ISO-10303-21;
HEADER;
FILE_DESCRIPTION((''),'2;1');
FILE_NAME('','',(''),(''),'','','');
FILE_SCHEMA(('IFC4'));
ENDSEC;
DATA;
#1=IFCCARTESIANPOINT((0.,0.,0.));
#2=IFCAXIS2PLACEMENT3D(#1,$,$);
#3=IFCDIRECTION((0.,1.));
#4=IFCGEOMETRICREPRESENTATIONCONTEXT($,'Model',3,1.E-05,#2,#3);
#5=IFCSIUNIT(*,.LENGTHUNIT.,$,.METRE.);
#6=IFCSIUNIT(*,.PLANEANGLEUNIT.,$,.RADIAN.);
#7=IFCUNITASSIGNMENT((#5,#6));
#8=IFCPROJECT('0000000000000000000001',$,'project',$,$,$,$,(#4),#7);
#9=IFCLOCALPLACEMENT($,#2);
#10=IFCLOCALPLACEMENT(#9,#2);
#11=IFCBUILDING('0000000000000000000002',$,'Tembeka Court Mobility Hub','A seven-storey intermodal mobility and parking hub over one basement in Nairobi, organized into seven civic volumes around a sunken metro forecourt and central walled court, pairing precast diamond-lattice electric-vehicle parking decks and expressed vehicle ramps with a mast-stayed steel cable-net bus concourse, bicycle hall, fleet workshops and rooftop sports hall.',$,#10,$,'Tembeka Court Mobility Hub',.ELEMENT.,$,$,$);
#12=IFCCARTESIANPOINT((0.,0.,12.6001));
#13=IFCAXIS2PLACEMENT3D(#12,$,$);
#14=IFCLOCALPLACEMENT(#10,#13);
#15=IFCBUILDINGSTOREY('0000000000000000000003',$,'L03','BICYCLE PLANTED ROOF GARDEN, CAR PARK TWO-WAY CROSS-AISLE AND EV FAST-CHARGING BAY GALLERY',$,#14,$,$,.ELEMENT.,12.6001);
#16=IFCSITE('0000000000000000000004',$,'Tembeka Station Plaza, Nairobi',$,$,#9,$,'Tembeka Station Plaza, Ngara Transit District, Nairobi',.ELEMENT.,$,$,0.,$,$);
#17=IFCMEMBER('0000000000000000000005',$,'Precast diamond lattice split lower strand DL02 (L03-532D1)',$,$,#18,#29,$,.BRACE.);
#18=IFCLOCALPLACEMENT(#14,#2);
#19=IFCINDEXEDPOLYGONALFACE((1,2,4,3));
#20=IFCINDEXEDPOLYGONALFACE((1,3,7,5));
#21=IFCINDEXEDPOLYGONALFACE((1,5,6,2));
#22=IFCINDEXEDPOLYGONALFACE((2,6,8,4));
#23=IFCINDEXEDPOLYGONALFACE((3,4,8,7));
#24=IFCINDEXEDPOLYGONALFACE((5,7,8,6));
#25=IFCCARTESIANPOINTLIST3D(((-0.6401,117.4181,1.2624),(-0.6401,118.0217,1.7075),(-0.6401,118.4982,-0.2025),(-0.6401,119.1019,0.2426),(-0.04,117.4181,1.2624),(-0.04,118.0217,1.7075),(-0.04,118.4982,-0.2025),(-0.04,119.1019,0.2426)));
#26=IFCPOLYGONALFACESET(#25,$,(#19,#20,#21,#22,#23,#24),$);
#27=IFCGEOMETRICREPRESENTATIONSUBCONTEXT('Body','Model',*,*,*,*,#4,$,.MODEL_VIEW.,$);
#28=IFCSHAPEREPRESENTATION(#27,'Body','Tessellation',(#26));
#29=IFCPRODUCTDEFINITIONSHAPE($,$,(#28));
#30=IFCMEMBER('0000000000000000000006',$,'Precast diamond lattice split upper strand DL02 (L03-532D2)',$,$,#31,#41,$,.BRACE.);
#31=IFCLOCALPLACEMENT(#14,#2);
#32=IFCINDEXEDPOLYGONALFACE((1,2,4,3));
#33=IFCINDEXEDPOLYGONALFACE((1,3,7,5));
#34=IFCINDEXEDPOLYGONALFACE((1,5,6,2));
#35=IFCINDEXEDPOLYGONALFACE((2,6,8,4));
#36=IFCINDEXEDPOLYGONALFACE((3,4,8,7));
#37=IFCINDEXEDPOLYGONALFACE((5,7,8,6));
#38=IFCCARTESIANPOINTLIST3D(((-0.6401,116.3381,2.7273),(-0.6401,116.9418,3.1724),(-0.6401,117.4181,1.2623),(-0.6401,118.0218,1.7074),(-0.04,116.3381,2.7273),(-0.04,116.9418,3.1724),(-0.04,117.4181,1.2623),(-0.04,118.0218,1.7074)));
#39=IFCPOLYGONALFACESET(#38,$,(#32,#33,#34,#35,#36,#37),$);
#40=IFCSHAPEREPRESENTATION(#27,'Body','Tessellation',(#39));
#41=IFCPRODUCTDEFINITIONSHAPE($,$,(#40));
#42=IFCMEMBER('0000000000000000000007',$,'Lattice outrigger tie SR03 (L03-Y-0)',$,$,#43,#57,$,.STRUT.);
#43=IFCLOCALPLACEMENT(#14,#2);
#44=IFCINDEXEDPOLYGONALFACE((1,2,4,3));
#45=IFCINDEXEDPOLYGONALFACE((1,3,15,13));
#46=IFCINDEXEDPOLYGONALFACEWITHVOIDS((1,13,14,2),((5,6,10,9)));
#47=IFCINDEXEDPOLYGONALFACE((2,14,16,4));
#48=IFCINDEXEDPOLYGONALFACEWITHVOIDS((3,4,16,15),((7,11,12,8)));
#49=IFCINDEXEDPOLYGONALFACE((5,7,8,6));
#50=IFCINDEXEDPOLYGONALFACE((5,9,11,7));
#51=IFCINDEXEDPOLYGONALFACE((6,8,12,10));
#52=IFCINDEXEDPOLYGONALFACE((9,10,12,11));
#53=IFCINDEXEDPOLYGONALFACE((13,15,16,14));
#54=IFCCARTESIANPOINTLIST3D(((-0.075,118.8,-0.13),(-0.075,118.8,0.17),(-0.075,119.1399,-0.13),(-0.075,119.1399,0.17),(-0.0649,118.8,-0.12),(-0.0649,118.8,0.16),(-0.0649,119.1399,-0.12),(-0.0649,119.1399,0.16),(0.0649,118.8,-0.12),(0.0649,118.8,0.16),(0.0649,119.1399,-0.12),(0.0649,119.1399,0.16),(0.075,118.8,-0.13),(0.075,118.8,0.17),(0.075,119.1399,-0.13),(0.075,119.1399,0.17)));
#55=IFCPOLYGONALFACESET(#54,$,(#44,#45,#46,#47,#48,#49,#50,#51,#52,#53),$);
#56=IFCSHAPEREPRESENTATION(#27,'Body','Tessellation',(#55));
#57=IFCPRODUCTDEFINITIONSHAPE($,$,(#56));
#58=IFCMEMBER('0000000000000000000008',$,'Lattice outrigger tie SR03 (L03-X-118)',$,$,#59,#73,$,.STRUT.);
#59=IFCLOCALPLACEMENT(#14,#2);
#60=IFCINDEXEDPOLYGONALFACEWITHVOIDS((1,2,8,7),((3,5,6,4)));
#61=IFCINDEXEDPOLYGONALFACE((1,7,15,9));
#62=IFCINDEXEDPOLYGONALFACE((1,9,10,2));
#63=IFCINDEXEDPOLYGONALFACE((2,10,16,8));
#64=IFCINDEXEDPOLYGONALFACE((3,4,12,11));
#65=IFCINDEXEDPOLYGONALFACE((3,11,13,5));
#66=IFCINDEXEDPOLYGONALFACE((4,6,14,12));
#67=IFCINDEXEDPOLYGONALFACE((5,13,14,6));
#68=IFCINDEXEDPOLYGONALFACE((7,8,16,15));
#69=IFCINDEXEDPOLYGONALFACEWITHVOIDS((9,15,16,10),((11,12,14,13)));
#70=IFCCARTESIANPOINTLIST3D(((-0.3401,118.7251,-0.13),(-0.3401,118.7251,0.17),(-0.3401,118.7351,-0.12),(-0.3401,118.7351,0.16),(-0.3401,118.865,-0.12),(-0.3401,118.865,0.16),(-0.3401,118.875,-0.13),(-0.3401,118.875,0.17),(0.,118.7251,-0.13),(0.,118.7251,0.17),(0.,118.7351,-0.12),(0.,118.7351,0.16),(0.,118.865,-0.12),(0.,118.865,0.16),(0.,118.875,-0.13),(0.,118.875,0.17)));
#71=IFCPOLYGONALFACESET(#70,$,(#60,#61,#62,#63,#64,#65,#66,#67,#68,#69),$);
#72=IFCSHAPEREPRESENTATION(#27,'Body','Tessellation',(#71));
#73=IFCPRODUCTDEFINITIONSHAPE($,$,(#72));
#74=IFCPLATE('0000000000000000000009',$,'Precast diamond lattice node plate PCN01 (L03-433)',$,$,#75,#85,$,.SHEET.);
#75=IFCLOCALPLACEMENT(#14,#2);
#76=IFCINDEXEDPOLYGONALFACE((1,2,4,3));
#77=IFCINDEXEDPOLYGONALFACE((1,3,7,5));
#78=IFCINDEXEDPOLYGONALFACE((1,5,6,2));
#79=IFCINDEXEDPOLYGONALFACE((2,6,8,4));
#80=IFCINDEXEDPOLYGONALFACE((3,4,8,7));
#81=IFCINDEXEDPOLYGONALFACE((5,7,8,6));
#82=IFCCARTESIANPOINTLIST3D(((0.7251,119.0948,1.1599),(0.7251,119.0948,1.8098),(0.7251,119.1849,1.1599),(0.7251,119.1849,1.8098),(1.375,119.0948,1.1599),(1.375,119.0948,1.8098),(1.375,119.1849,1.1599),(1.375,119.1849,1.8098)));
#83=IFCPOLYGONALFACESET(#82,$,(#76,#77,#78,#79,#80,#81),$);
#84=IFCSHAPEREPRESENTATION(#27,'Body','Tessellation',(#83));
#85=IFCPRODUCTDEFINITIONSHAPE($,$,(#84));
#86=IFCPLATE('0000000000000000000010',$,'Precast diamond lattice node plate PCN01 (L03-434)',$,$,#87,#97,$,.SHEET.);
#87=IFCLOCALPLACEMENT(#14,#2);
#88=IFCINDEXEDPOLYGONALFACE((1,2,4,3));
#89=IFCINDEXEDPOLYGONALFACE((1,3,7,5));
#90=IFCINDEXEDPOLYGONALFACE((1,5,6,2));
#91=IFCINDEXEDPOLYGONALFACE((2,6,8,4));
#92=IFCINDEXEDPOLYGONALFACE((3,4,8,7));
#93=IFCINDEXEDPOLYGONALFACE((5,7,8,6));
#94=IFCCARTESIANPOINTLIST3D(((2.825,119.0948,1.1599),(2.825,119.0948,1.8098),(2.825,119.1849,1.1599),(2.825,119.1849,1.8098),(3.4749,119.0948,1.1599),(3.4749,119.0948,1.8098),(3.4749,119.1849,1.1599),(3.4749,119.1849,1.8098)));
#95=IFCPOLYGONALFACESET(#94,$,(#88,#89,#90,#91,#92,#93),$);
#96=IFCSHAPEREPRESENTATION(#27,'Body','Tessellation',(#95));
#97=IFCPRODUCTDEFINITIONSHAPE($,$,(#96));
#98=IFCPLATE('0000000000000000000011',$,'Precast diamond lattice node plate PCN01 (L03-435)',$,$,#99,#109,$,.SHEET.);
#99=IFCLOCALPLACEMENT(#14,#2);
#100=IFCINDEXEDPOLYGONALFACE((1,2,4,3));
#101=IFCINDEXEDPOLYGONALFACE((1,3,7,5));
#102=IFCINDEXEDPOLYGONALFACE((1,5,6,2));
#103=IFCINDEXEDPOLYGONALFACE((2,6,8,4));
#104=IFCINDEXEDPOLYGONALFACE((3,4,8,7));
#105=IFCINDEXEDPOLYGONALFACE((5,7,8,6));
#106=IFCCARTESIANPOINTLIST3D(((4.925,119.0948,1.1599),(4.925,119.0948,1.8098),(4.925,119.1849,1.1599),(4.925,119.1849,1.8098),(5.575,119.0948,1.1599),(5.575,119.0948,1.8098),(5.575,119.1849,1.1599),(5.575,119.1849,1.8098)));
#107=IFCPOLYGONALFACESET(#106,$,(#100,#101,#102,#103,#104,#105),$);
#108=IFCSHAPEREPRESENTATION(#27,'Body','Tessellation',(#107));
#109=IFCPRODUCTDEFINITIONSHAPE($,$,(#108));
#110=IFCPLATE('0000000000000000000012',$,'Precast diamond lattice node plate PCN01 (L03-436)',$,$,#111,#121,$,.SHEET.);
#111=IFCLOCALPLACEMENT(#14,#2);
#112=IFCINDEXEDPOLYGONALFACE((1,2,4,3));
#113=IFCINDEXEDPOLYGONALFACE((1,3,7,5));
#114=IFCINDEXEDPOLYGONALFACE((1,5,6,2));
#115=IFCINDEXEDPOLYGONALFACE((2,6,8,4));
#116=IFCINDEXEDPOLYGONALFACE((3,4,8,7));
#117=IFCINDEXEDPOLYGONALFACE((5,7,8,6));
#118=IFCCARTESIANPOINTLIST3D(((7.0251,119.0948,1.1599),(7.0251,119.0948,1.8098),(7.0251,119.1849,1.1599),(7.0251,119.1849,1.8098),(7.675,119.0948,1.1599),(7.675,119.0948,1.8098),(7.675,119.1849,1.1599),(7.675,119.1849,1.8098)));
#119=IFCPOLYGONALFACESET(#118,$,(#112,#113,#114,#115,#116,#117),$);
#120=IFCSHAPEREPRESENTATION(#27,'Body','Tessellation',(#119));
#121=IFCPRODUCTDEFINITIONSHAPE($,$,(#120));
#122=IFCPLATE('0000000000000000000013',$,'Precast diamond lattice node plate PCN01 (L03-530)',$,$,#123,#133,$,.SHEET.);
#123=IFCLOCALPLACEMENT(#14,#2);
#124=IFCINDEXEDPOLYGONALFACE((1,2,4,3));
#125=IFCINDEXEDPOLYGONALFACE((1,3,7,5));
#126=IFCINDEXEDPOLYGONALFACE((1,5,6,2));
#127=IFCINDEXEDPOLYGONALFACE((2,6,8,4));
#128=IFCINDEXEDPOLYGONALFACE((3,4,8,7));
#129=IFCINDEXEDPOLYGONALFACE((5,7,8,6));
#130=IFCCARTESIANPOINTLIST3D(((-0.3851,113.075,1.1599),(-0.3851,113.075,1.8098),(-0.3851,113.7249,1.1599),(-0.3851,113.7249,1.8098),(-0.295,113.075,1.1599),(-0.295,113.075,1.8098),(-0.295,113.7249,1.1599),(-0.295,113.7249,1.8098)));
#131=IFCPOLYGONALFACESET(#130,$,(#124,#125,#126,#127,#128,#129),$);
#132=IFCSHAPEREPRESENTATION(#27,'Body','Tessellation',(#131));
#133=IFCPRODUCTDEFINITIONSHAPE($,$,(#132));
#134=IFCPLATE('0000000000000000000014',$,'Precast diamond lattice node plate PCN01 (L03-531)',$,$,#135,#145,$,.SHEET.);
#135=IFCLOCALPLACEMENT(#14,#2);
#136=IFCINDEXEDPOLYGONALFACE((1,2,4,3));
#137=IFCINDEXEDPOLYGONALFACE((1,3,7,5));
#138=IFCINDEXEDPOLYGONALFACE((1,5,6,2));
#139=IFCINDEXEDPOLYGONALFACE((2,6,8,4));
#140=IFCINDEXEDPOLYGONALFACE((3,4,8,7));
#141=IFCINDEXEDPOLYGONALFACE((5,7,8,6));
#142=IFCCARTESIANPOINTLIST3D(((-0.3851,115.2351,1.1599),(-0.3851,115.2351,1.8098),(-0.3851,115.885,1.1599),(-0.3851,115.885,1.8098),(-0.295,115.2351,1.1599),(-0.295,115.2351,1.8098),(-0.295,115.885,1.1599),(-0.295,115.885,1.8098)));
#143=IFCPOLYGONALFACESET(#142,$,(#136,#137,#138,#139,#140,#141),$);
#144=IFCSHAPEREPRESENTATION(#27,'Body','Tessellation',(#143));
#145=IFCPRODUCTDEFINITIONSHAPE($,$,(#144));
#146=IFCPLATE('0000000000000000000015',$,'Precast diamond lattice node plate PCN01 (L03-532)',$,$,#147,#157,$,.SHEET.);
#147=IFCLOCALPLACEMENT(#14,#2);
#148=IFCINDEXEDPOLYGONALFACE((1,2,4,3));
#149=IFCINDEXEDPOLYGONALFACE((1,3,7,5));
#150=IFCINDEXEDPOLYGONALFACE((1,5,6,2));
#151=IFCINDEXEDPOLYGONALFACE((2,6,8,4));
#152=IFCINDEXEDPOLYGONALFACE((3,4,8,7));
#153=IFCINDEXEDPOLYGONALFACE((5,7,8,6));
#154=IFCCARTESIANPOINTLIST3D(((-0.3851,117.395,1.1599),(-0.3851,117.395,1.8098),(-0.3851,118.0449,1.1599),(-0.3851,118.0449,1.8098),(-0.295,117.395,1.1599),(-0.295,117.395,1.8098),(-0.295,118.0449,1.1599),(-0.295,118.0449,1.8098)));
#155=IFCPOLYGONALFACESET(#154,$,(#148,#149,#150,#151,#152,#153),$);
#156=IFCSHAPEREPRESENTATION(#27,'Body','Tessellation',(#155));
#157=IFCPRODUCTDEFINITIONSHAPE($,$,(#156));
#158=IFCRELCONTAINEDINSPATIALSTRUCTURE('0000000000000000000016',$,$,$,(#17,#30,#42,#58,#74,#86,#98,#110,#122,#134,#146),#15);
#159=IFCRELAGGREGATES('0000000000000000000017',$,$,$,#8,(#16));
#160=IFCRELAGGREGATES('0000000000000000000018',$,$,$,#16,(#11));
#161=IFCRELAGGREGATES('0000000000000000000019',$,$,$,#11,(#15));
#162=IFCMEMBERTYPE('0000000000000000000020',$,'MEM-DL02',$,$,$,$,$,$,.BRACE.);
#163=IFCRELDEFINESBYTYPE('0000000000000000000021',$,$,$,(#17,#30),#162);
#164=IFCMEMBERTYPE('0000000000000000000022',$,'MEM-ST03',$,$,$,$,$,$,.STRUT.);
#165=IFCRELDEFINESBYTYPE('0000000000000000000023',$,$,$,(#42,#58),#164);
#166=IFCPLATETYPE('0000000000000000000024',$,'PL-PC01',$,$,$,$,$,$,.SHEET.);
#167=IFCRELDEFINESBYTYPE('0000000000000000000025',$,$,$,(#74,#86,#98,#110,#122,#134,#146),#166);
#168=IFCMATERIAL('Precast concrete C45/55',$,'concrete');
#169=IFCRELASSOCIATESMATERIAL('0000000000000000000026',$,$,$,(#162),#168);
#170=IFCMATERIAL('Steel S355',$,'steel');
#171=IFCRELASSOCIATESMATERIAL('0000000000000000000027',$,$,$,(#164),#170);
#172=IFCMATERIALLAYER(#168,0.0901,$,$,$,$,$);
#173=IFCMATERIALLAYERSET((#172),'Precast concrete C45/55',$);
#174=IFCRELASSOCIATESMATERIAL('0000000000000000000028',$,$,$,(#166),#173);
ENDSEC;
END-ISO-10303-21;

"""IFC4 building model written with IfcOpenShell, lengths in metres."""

from ifc_helpers import new_model, si_unit, direction, frame, origin, origin_2d, place, context, subcontext, project, spatial, rectangle, hollow_rectangle, extrude, material, layer, layer_set, material_profile, profile_set, type_object, element, save


model = new_model("IFC4")

# Units and contexts
model_context = context("Model", 3, precision=1e-05, world=origin(), true_north=direction((0.0, 1.0)))
body_context = subcontext(model_context, "Body", "Model", "MODEL_VIEW")
ifc_project = project(units=[si_unit("LENGTHUNIT", "METRE"), si_unit("PLANEANGLEUNIT", "RADIAN")], contexts=[model_context])

# Site, building, storey
site_placement = place(None, origin())
site = spatial("IfcSite", under=ifc_project, at=site_placement, Name="Tembeka Station Plaza, Nairobi", LongName="Tembeka Station Plaza, Ngara Transit District, Nairobi", CompositionType="ELEMENT", RefElevation=0.0)
building_placement = place(site_placement, origin())
building = spatial("IfcBuilding", under=site, at=building_placement, Name="Tembeka Court Mobility Hub", Description="A seven-storey intermodal mobility and parking hub over one basement in Nairobi, organized into seven civic volumes around a sunken metro forecourt and central walled court, pairing precast diamond-lattice electric-vehicle parking decks and expressed vehicle ramps with a mast-stayed steel cable-net bus concourse, bicycle hall, fleet workshops and rooftop sports hall.", LongName="Tembeka Court Mobility Hub", CompositionType="ELEMENT")
storey_placement = place(building_placement, frame((0.0, 0.0, 12.6001)))
storey = spatial("IfcBuildingStorey", under=building, at=storey_placement, Name="L03", Description="BICYCLE PLANTED ROOF GARDEN, CAR PARK TWO-WAY CROSS-AISLE AND EV FAST-CHARGING BAY GALLERY", CompositionType="ELEMENT", Elevation=12.6001)

# Shared definitions
ifc_material_1 = material(Name="Steel S355", Category="steel")

# Shared definitions
ifc_material_2 = material(Name="Precast concrete C45/55", Category="concrete")

# Members
ifc_material_profile_1 = material_profile(ifc_material_2, rectangle(XDim=0.6001, YDim=0.75, at=origin_2d()), Name="PC-DIAG 600x750")
ifc_profile_set_1 = profile_set([ifc_material_profile_1], Name="Precast concrete C45/55")
member_type_1 = type_object("IfcMemberType", Name="MEM-DL02", PredefinedType="BRACE", material=ifc_profile_set_1)
for number, where, z_axis, x_axis, name in (
    (1, (-0.3401, 118.8, 0.02), (0.0, -0.593455, 0.804867), (1.0, 0.0, 0.0), "Precast diamond lattice split lower strand DL02 (L03-532D1)"),
    (2, (-0.3401, 117.72, 1.4849), (0.0, -0.593391, 0.804914), (1.0, 0.0, 0.0), "Precast diamond lattice split upper strand DL02 (L03-532D2)"),
):
    element("IfcMember", number, at=place(storey_placement, frame(where, z_axis=z_axis, x_axis=x_axis)), inside=storey, type_object=member_type_1, Name=name, PredefinedType="BRACE", context=body_context, shape_type="SweptSolid", body=[
        extrude(rectangle(XDim=0.6001, YDim=0.75, at=origin_2d()), origin(), (0.0, 0.0, 1.0), 1.8201),
    ])
ifc_material_profile_2 = material_profile(ifc_material_1, hollow_rectangle(XDim=0.1499, YDim=0.3, WallThickness=0.01, at=origin_2d()), Name="RHS 300x150x10")
ifc_profile_set_2 = profile_set([ifc_material_profile_2], Name="Steel S355")
member_type_2 = type_object("IfcMemberType", Name="MEM-ST03", PredefinedType="STRUT", material=ifc_profile_set_2)
member_1_placement = place(storey_placement, frame((0.0, 118.8, 0.02), z_axis=(0.0, 1.0, 0.0), x_axis=(-1.0, 0.0, 0.0)))
element("IfcMember", 3, at=member_1_placement, inside=storey, type_object=member_type_2, Name="Lattice outrigger tie SR03 (L03-Y-0)", PredefinedType="STRUT", context=body_context, shape_type="SweptSolid", body=[
    extrude(hollow_rectangle(XDim=0.1499, YDim=0.3, WallThickness=0.01, at=origin_2d()), origin(), (0.0, 0.0, 1.0), 0.3398),
])
member_2_placement = place(storey_placement, frame((0.0, 118.8, 0.02), z_axis=(-1.0, 0.0, 0.0), x_axis=(0.0, -1.0, 0.0)))
element("IfcMember", 4, at=member_2_placement, inside=storey, type_object=member_type_2, Name="Lattice outrigger tie SR03 (L03-X-118)", PredefinedType="STRUT", context=body_context, shape_type="SweptSolid", body=[
    extrude(hollow_rectangle(XDim=0.1499, YDim=0.3, WallThickness=0.01, at=origin_2d()), origin(), (0.0, 0.0, 1.0), 0.3401),
])

# Plates
ifc_layer = layer(ifc_material_2, 0.0901)
ifc_layer_set = layer_set([ifc_layer], Name="Precast concrete C45/55")
plate_type = type_object("IfcPlateType", Name="PL-PC01", PredefinedType="SHEET", material=ifc_layer_set)
for number, where, z_axis, x_axis, name in (
    (5, (1.05, 119.1399, 1.1599), (0.0, 0.0, 1.0), (1.0, 0.0, 0.0), "Precast diamond lattice node plate PCN01 (L03-433)"),
    (6, (3.1499, 119.1399, 1.1599), (0.0, 0.0, 1.0), (1.0, 0.0, 0.0), "Precast diamond lattice node plate PCN01 (L03-434)"),
    (7, (5.25, 119.1399, 1.1599), (0.0, 0.0, 1.0), (1.0, 0.0, 0.0), "Precast diamond lattice node plate PCN01 (L03-435)"),
    (8, (7.3501, 119.1399, 1.1599), (0.0, 0.0, 1.0), (1.0, 0.0, 0.0), "Precast diamond lattice node plate PCN01 (L03-436)"),
):
    element("IfcPlate", number, at=place(storey_placement, frame(where, z_axis=z_axis, x_axis=x_axis)), inside=storey, type_object=plate_type, Name=name, PredefinedType="SHEET", context=body_context, shape_type="SweptSolid", body=[
        extrude(rectangle(XDim=0.6499, YDim=0.0901, at=origin_2d()), origin(), (0.0, 0.0, 1.0), 0.6499),
    ])
for number, where, z_axis, x_axis, name in (
    (9, (-0.3401, 113.3999, 1.1599), (0.0, 0.0, 1.0), (1.0, 0.0, 0.0), "Precast diamond lattice node plate PCN01 (L03-530)"),
    (10, (-0.3401, 115.5601, 1.1599), (0.0, 0.0, 1.0), (1.0, 0.0, 0.0), "Precast diamond lattice node plate PCN01 (L03-531)"),
    (11, (-0.3401, 117.72, 1.1599), (0.0, 0.0, 1.0), (1.0, 0.0, 0.0), "Precast diamond lattice node plate PCN01 (L03-532)"),
):
    element("IfcPlate", number, at=place(storey_placement, frame(where, z_axis=z_axis, x_axis=x_axis)), inside=storey, type_object=plate_type, Name=name, PredefinedType="SHEET", context=body_context, shape_type="SweptSolid", body=[
        extrude(rectangle(XDim=0.0901, YDim=0.6499, at=origin_2d()), origin(), (0.0, 0.0, 1.0), 0.6499),
    ])

save(model, "model.ifc")
